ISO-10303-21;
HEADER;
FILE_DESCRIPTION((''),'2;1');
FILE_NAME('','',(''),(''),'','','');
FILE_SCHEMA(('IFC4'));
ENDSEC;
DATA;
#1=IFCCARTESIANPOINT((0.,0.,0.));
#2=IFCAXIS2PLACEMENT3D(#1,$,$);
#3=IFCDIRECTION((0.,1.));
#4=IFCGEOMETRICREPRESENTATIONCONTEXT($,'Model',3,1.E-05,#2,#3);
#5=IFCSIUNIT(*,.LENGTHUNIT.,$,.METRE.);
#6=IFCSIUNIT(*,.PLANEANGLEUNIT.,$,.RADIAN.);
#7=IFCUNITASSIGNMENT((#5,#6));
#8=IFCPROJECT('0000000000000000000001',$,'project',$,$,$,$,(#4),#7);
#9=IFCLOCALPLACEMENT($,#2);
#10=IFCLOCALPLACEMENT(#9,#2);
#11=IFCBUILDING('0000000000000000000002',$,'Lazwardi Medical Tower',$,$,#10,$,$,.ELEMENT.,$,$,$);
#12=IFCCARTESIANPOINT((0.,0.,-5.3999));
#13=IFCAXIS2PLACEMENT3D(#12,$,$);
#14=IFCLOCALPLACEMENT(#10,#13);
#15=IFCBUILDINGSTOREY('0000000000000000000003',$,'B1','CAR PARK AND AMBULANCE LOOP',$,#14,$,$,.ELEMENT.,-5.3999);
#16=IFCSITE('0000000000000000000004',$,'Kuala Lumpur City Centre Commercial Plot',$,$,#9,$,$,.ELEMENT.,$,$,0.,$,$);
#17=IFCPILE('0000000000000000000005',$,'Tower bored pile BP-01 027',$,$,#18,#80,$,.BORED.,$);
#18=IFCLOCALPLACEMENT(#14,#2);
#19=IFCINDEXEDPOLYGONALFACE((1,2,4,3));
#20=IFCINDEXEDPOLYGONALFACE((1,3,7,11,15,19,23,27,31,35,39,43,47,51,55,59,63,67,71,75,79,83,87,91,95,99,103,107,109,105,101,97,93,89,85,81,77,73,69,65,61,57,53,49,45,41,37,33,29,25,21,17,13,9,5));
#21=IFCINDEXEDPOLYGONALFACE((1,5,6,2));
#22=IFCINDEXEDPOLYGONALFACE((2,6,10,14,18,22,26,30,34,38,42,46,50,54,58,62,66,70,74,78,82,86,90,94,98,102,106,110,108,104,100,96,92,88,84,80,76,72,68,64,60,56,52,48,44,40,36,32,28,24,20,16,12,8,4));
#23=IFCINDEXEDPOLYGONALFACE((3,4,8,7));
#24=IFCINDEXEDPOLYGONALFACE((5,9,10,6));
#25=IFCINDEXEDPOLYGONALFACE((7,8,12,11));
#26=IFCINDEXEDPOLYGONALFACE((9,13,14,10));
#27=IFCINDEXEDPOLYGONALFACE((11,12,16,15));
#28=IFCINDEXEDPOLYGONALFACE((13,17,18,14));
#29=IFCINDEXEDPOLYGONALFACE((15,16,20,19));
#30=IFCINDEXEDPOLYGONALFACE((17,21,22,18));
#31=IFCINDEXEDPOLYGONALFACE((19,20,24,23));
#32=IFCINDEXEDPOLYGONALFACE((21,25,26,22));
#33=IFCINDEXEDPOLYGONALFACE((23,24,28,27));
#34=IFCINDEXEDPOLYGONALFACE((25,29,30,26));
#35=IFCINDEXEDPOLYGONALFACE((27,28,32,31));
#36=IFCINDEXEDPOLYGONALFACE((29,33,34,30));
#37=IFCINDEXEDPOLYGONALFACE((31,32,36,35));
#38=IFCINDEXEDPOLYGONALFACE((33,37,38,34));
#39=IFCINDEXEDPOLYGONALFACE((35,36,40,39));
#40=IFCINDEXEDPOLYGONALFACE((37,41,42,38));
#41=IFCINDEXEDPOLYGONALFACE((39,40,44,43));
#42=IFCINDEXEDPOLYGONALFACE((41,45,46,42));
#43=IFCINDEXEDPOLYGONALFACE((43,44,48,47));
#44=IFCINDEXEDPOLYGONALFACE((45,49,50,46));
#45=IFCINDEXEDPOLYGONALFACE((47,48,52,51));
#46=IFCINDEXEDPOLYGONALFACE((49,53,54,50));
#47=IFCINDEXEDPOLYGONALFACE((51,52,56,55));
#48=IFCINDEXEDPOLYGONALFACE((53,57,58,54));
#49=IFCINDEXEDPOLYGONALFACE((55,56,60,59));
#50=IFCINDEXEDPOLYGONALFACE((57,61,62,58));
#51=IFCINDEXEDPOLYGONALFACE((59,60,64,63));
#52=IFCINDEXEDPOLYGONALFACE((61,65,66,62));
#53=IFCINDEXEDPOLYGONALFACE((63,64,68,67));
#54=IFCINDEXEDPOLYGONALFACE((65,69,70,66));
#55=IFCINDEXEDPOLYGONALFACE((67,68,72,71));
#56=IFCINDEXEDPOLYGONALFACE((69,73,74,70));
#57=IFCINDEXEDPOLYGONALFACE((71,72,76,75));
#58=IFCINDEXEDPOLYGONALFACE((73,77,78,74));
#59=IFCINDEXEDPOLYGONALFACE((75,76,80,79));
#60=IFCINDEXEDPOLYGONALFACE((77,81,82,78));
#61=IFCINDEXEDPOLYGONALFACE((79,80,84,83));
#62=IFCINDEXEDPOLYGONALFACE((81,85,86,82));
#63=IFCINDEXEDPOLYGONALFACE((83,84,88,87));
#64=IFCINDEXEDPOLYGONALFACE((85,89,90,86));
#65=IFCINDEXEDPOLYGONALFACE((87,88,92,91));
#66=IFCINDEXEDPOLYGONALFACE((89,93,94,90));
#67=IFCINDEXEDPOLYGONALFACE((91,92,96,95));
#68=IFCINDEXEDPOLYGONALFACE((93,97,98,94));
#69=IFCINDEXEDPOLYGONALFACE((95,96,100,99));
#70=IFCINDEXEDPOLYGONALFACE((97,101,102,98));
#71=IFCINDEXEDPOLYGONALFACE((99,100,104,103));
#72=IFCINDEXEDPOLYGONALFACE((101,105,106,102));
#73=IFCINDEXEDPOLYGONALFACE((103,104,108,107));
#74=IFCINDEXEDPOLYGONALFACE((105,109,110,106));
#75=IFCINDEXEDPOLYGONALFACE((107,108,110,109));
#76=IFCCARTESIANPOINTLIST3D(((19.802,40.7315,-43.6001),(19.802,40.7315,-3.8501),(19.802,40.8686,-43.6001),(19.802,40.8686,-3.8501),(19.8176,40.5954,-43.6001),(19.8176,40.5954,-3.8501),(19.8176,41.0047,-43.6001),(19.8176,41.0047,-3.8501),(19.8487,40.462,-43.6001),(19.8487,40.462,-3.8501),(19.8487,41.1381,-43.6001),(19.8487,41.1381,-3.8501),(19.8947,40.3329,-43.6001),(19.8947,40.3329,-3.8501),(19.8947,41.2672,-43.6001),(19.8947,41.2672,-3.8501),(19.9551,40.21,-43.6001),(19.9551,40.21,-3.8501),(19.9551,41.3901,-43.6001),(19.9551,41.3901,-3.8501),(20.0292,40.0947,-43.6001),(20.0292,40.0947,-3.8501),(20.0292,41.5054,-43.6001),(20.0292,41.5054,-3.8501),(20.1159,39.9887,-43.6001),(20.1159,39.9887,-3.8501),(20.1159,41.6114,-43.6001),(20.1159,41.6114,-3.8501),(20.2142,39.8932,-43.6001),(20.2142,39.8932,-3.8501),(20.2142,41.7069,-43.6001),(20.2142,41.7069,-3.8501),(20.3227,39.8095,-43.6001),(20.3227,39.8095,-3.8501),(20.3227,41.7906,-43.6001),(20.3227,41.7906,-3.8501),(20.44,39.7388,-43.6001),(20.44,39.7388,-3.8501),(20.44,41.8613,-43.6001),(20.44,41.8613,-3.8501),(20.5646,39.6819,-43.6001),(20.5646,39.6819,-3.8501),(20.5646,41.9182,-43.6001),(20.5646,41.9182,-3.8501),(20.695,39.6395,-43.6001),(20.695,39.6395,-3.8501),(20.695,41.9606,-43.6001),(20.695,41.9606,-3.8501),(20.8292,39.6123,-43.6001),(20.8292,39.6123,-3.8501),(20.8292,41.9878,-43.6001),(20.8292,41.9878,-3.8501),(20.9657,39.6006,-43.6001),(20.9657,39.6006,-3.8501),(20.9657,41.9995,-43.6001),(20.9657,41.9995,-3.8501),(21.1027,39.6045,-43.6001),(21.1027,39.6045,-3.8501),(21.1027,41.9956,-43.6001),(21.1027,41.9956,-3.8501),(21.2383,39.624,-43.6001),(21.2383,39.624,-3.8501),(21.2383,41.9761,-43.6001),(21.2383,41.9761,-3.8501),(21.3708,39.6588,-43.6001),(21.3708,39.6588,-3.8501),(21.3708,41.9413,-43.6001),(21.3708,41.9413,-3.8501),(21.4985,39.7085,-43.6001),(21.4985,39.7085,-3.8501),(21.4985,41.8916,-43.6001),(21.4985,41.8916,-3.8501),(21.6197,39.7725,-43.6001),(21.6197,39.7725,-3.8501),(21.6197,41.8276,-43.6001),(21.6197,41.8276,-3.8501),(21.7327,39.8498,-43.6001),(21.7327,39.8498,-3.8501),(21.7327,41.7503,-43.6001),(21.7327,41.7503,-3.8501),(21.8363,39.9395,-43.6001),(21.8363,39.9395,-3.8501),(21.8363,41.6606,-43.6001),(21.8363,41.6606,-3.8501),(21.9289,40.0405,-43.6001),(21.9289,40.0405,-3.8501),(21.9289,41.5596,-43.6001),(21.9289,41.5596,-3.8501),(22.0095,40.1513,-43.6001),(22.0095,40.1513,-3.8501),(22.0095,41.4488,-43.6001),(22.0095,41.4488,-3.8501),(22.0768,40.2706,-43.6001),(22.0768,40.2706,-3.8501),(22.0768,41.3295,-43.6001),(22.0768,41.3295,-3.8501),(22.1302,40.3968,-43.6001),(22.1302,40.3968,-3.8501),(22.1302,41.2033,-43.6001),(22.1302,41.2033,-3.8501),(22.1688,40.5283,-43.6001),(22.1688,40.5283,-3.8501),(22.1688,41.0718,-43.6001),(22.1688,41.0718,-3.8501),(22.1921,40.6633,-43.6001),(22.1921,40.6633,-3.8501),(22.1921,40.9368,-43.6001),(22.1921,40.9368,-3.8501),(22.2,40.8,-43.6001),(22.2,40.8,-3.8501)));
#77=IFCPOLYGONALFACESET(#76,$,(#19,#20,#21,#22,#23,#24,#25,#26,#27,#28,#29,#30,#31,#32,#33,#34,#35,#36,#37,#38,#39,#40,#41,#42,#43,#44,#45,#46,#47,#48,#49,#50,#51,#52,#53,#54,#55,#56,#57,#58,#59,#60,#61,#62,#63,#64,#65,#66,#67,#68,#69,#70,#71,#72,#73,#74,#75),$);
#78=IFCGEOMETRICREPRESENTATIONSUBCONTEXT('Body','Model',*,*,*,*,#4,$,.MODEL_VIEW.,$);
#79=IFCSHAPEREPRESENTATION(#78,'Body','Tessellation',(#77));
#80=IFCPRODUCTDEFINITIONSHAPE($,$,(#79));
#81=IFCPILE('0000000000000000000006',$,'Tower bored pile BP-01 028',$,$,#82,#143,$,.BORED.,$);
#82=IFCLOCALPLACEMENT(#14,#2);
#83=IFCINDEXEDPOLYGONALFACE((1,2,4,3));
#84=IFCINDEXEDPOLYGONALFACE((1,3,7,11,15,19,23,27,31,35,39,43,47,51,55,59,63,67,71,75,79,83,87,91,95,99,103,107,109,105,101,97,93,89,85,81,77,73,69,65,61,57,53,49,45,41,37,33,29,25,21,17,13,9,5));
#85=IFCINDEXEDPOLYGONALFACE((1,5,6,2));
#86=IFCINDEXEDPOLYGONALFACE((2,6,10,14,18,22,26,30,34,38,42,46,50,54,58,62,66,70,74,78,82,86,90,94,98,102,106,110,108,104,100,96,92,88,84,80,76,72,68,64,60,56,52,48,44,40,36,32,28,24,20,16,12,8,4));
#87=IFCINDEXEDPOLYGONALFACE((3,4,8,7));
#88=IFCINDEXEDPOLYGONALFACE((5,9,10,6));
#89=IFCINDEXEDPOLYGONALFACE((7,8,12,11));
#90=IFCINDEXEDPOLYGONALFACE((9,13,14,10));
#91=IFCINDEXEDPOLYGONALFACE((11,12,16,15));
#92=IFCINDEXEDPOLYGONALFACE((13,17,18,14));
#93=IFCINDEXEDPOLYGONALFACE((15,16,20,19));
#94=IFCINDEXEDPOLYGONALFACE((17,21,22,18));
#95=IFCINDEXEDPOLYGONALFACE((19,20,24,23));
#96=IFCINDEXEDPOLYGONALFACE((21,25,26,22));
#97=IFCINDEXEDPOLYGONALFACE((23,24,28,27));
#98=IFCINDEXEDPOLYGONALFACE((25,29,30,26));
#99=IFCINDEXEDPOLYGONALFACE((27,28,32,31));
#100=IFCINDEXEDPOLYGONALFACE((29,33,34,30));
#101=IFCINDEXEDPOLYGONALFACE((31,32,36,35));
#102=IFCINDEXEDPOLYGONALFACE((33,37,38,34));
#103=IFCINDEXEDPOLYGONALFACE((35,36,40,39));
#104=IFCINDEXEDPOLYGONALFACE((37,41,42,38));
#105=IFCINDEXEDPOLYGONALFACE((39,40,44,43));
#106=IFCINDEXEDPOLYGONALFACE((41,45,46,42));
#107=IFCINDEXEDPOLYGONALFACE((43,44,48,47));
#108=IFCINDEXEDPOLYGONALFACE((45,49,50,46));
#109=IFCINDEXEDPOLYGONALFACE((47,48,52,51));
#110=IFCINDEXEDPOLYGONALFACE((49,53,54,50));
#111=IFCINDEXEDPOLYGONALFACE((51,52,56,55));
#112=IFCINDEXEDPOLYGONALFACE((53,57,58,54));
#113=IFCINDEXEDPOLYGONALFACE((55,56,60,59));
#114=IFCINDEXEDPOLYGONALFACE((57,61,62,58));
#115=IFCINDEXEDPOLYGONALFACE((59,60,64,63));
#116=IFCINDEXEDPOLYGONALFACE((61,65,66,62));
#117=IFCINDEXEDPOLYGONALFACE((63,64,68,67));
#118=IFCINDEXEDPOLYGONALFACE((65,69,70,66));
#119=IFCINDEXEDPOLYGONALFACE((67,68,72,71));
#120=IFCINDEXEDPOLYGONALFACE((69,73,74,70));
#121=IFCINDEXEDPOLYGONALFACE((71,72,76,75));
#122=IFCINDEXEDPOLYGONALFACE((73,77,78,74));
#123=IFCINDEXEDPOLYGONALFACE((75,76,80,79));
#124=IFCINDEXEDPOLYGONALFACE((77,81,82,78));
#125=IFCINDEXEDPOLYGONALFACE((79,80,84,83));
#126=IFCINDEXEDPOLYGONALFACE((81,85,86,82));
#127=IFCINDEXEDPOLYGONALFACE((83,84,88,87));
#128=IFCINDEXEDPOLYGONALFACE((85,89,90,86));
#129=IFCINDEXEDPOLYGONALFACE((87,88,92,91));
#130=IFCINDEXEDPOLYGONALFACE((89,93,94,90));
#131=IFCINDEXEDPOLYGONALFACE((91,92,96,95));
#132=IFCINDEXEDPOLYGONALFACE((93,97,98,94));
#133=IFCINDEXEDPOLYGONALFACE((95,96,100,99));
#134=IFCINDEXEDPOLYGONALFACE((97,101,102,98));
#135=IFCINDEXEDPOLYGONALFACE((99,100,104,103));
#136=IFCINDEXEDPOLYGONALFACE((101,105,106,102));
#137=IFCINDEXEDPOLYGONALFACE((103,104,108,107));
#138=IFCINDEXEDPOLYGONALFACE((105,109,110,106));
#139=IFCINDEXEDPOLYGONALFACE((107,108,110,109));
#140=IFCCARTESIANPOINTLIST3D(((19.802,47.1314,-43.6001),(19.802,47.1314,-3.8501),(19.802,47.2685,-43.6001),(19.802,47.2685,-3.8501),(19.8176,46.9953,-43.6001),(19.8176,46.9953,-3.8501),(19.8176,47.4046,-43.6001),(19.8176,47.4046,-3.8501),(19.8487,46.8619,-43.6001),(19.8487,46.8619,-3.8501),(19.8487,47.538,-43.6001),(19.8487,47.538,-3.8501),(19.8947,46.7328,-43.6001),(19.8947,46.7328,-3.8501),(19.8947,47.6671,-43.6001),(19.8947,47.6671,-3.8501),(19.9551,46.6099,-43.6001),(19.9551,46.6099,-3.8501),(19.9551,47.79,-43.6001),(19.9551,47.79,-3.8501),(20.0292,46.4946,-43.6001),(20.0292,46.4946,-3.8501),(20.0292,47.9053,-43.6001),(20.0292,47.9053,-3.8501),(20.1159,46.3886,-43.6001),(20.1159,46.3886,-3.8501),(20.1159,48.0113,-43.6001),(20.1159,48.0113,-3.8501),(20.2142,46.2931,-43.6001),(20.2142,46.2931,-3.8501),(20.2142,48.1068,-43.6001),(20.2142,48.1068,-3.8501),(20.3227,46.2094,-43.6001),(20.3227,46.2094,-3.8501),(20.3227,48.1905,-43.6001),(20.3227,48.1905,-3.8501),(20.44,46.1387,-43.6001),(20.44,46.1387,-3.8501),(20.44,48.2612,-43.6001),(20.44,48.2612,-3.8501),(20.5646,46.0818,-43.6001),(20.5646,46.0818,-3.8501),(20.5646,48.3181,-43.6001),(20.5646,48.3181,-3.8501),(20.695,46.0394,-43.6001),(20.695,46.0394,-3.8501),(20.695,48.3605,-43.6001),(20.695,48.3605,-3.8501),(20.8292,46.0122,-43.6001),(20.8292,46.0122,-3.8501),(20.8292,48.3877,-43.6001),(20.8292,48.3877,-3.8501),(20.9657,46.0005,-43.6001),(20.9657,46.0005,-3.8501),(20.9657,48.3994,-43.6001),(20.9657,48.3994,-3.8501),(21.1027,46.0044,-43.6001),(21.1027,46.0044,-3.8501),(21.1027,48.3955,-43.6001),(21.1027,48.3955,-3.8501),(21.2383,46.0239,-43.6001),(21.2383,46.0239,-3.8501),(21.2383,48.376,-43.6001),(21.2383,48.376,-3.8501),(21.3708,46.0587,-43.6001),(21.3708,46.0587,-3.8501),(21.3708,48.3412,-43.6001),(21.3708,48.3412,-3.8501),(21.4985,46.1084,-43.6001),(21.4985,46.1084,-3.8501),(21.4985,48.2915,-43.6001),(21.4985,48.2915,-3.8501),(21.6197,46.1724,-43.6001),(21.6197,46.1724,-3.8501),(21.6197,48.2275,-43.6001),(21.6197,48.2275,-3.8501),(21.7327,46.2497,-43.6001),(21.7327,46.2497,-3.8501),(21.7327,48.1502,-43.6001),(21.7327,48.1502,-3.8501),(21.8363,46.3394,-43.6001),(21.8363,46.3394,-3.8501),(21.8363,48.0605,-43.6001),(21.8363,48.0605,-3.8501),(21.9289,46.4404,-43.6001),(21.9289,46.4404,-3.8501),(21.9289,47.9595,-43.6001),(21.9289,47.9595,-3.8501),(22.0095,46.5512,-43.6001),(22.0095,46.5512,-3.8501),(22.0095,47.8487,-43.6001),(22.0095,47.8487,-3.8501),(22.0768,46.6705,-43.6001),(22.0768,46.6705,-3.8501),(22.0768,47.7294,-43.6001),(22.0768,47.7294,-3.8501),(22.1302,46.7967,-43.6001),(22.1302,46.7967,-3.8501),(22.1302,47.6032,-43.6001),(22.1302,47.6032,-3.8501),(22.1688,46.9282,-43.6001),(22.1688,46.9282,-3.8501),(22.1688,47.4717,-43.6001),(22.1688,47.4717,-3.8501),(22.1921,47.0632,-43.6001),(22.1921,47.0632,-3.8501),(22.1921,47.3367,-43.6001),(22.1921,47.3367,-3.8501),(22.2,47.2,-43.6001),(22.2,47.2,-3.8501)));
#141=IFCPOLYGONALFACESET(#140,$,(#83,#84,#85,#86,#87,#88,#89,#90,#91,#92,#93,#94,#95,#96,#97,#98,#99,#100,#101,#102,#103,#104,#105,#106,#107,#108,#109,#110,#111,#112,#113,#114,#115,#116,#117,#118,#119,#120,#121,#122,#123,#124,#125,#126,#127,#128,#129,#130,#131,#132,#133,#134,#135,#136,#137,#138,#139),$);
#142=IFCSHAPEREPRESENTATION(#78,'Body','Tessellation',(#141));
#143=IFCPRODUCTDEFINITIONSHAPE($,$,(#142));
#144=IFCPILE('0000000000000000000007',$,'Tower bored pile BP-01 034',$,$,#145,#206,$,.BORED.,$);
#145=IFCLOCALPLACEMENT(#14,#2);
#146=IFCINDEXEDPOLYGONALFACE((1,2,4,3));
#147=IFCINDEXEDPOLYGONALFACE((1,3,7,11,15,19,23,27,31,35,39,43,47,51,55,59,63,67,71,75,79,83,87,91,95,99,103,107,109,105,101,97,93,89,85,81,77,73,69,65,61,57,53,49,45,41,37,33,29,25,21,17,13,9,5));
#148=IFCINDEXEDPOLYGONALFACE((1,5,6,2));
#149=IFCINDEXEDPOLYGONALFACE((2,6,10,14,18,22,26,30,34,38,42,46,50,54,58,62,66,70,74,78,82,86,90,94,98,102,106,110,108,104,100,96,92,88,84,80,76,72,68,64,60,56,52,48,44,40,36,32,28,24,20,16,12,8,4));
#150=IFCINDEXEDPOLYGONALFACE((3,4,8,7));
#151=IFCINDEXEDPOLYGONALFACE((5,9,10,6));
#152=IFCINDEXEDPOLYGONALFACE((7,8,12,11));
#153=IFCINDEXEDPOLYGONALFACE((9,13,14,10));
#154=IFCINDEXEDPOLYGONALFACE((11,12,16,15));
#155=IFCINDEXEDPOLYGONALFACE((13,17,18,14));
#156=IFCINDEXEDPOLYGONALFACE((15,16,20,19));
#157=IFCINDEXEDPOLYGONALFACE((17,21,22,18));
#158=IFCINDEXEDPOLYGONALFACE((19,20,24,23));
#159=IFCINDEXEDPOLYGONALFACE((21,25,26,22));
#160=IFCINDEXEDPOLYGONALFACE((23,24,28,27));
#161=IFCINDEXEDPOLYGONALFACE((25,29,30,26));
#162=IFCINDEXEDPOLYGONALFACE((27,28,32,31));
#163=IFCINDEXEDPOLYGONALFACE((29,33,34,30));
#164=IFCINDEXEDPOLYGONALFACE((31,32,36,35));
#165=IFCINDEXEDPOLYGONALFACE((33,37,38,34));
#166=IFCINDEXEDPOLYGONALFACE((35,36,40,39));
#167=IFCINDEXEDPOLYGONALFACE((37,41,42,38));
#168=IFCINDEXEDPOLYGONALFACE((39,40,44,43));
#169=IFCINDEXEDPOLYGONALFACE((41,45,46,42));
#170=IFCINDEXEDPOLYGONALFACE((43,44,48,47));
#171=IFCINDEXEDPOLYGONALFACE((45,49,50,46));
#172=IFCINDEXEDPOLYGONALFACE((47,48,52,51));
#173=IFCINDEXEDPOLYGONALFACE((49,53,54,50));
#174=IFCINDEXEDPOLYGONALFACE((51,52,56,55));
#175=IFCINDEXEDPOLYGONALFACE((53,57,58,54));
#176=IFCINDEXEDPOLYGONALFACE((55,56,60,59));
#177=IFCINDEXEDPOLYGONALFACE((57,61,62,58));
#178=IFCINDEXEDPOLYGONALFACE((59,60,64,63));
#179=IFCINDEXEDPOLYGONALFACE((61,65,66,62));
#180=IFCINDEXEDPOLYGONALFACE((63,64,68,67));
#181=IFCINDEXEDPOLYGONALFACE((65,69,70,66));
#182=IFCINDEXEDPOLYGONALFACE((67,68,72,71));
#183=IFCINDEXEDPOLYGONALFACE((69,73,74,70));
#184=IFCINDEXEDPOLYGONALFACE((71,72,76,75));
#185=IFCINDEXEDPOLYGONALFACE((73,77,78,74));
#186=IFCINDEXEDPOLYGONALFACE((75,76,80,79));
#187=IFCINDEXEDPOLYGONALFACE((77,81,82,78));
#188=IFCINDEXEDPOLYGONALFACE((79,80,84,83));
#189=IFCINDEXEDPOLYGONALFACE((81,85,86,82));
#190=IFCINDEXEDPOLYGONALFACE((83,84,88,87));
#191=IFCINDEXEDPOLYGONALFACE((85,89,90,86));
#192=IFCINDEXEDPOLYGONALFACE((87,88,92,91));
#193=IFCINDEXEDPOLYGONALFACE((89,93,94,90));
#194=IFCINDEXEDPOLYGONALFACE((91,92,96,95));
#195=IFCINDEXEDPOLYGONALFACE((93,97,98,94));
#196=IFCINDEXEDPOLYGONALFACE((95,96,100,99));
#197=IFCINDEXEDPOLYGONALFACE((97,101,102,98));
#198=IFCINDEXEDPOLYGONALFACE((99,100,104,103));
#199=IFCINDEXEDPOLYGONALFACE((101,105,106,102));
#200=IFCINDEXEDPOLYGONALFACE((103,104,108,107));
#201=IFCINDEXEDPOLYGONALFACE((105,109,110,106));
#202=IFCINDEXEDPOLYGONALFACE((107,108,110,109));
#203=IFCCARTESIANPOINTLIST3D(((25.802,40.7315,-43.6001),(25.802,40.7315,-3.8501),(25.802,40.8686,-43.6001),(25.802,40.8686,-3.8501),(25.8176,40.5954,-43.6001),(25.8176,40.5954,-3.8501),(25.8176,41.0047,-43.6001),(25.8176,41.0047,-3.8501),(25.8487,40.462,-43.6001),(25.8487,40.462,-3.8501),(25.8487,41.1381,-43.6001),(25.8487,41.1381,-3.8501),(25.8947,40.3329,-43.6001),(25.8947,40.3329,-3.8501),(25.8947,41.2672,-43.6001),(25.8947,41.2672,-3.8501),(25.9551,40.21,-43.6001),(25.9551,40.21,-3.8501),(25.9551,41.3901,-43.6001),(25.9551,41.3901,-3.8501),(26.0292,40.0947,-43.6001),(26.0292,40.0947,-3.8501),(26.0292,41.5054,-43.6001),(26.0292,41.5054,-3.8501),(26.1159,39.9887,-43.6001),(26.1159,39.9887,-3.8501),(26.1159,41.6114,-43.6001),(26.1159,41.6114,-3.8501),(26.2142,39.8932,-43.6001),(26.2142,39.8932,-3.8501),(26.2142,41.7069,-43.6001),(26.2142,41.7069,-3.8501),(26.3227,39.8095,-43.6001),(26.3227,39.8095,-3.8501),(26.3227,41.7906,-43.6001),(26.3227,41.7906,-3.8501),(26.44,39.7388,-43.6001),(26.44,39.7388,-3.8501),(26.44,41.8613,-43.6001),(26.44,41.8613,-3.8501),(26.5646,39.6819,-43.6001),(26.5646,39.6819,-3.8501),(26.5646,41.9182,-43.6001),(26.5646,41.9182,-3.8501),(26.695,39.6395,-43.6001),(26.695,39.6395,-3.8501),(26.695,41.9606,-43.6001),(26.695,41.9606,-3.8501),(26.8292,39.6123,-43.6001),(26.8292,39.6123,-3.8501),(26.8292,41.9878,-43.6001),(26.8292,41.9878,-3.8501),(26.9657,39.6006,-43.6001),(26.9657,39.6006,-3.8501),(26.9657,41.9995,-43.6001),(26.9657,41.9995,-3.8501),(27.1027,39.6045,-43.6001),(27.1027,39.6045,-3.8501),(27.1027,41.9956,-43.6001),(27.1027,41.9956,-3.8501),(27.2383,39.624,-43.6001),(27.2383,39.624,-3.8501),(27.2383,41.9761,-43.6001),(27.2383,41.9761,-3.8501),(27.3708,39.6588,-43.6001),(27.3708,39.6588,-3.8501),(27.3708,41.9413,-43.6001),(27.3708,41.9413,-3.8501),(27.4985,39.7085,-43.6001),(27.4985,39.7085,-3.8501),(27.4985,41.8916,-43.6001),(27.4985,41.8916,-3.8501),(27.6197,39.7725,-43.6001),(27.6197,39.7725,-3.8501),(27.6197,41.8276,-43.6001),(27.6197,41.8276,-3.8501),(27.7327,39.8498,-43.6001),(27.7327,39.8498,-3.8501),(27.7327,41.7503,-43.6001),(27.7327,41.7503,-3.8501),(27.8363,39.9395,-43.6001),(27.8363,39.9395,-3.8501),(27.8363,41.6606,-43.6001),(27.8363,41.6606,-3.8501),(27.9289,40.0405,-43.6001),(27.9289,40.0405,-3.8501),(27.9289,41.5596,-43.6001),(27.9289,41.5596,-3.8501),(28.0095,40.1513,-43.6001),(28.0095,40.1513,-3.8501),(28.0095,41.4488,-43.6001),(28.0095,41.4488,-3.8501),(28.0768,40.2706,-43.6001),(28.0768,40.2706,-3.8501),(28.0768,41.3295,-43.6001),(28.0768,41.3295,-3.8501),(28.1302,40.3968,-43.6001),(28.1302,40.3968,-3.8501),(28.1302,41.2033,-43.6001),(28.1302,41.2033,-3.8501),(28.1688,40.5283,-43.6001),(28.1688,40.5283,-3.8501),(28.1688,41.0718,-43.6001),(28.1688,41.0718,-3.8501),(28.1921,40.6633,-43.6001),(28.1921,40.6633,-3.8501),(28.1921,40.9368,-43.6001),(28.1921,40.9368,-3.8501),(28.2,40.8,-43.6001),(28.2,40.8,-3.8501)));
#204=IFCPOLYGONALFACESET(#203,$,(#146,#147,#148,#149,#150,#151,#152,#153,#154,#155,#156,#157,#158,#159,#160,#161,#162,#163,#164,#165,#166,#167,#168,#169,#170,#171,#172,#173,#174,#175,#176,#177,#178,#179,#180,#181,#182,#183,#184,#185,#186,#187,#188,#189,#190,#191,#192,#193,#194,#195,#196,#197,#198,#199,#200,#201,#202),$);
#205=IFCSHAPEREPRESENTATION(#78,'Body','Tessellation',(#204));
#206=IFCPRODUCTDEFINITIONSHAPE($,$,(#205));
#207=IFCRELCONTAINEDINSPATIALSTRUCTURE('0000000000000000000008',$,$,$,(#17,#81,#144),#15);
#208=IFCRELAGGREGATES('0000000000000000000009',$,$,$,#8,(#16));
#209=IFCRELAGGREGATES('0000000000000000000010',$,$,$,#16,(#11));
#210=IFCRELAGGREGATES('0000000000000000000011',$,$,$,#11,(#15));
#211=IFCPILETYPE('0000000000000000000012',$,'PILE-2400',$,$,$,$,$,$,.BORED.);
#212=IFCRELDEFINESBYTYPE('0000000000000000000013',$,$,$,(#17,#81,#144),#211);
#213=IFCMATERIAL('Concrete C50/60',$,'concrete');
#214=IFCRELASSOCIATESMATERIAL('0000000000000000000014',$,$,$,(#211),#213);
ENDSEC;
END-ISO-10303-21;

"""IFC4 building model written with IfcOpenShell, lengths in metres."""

from ifc_helpers import new_model, si_unit, direction, frame, origin, origin_2d, place, context, subcontext, project, spatial, circle, extrude, material, material_profile, profile_set, type_object, element, save


model = new_model("IFC4")

# Units and contexts
model_context = context("Model", 3, precision=1e-05, world=origin(), true_north=direction((0.0, 1.0)))
body_context = subcontext(model_context, "Body", "Model", "MODEL_VIEW")
ifc_project = project(units=[si_unit("LENGTHUNIT", "METRE"), si_unit("PLANEANGLEUNIT", "RADIAN")], contexts=[model_context])

# Site, building, storey
site_placement = place(None, origin())
site = spatial("IfcSite", under=ifc_project, at=site_placement, Name="Kuala Lumpur City Centre Commercial Plot", CompositionType="ELEMENT", RefElevation=0.0)
building_placement = place(site_placement, origin())
building = spatial("IfcBuilding", under=site, at=building_placement, Name="Lazwardi Medical Tower", CompositionType="ELEMENT")
storey_placement = place(building_placement, frame((0.0, 0.0, -5.3999)))
storey = spatial("IfcBuildingStorey", under=building, at=storey_placement, Name="B1", Description="CAR PARK AND AMBULANCE LOOP", CompositionType="ELEMENT", Elevation=-5.3999)

# Piles
ifc_material_1 = material(Name="Concrete C50/60", Category="concrete")
ifc_material_profile_1 = material_profile(ifc_material_1, circle(Radius=1.2, at=origin_2d()), Name="BORED PILE D2400")
ifc_profile_set_1 = profile_set([ifc_material_profile_1], Name="Concrete C50/60")
pile_type = type_object("IfcPileType", Name="PILE-2400", PredefinedType="BORED", material=ifc_profile_set_1)
for number, where, z_axis, x_axis, name in (
    (1, (21.0, 40.8, -3.8501), (0.0, 0.0, -1.0), (1.0, 0.0, 0.0), "Tower bored pile BP-01 027"),
    (2, (21.0, 47.2, -3.8501), (0.0, 0.0, -1.0), (1.0, 0.0, 0.0), "Tower bored pile BP-01 028"),
    (3, (27.0, 40.8, -3.8501), (0.0, 0.0, -1.0), (1.0, 0.0, 0.0), "Tower bored pile BP-01 034"),
):
    element("IfcPile", number, at=place(storey_placement, frame(where, z_axis=z_axis, x_axis=x_axis)), inside=storey, type_object=pile_type, Name=name, PredefinedType="BORED", context=body_context, shape_type="SweptSolid", body=[
        extrude(circle(Radius=1.2, at=origin_2d()), origin(), (0.0, 0.0, 1.0), 39.75),
    ])

save(model, "model.ifc")
